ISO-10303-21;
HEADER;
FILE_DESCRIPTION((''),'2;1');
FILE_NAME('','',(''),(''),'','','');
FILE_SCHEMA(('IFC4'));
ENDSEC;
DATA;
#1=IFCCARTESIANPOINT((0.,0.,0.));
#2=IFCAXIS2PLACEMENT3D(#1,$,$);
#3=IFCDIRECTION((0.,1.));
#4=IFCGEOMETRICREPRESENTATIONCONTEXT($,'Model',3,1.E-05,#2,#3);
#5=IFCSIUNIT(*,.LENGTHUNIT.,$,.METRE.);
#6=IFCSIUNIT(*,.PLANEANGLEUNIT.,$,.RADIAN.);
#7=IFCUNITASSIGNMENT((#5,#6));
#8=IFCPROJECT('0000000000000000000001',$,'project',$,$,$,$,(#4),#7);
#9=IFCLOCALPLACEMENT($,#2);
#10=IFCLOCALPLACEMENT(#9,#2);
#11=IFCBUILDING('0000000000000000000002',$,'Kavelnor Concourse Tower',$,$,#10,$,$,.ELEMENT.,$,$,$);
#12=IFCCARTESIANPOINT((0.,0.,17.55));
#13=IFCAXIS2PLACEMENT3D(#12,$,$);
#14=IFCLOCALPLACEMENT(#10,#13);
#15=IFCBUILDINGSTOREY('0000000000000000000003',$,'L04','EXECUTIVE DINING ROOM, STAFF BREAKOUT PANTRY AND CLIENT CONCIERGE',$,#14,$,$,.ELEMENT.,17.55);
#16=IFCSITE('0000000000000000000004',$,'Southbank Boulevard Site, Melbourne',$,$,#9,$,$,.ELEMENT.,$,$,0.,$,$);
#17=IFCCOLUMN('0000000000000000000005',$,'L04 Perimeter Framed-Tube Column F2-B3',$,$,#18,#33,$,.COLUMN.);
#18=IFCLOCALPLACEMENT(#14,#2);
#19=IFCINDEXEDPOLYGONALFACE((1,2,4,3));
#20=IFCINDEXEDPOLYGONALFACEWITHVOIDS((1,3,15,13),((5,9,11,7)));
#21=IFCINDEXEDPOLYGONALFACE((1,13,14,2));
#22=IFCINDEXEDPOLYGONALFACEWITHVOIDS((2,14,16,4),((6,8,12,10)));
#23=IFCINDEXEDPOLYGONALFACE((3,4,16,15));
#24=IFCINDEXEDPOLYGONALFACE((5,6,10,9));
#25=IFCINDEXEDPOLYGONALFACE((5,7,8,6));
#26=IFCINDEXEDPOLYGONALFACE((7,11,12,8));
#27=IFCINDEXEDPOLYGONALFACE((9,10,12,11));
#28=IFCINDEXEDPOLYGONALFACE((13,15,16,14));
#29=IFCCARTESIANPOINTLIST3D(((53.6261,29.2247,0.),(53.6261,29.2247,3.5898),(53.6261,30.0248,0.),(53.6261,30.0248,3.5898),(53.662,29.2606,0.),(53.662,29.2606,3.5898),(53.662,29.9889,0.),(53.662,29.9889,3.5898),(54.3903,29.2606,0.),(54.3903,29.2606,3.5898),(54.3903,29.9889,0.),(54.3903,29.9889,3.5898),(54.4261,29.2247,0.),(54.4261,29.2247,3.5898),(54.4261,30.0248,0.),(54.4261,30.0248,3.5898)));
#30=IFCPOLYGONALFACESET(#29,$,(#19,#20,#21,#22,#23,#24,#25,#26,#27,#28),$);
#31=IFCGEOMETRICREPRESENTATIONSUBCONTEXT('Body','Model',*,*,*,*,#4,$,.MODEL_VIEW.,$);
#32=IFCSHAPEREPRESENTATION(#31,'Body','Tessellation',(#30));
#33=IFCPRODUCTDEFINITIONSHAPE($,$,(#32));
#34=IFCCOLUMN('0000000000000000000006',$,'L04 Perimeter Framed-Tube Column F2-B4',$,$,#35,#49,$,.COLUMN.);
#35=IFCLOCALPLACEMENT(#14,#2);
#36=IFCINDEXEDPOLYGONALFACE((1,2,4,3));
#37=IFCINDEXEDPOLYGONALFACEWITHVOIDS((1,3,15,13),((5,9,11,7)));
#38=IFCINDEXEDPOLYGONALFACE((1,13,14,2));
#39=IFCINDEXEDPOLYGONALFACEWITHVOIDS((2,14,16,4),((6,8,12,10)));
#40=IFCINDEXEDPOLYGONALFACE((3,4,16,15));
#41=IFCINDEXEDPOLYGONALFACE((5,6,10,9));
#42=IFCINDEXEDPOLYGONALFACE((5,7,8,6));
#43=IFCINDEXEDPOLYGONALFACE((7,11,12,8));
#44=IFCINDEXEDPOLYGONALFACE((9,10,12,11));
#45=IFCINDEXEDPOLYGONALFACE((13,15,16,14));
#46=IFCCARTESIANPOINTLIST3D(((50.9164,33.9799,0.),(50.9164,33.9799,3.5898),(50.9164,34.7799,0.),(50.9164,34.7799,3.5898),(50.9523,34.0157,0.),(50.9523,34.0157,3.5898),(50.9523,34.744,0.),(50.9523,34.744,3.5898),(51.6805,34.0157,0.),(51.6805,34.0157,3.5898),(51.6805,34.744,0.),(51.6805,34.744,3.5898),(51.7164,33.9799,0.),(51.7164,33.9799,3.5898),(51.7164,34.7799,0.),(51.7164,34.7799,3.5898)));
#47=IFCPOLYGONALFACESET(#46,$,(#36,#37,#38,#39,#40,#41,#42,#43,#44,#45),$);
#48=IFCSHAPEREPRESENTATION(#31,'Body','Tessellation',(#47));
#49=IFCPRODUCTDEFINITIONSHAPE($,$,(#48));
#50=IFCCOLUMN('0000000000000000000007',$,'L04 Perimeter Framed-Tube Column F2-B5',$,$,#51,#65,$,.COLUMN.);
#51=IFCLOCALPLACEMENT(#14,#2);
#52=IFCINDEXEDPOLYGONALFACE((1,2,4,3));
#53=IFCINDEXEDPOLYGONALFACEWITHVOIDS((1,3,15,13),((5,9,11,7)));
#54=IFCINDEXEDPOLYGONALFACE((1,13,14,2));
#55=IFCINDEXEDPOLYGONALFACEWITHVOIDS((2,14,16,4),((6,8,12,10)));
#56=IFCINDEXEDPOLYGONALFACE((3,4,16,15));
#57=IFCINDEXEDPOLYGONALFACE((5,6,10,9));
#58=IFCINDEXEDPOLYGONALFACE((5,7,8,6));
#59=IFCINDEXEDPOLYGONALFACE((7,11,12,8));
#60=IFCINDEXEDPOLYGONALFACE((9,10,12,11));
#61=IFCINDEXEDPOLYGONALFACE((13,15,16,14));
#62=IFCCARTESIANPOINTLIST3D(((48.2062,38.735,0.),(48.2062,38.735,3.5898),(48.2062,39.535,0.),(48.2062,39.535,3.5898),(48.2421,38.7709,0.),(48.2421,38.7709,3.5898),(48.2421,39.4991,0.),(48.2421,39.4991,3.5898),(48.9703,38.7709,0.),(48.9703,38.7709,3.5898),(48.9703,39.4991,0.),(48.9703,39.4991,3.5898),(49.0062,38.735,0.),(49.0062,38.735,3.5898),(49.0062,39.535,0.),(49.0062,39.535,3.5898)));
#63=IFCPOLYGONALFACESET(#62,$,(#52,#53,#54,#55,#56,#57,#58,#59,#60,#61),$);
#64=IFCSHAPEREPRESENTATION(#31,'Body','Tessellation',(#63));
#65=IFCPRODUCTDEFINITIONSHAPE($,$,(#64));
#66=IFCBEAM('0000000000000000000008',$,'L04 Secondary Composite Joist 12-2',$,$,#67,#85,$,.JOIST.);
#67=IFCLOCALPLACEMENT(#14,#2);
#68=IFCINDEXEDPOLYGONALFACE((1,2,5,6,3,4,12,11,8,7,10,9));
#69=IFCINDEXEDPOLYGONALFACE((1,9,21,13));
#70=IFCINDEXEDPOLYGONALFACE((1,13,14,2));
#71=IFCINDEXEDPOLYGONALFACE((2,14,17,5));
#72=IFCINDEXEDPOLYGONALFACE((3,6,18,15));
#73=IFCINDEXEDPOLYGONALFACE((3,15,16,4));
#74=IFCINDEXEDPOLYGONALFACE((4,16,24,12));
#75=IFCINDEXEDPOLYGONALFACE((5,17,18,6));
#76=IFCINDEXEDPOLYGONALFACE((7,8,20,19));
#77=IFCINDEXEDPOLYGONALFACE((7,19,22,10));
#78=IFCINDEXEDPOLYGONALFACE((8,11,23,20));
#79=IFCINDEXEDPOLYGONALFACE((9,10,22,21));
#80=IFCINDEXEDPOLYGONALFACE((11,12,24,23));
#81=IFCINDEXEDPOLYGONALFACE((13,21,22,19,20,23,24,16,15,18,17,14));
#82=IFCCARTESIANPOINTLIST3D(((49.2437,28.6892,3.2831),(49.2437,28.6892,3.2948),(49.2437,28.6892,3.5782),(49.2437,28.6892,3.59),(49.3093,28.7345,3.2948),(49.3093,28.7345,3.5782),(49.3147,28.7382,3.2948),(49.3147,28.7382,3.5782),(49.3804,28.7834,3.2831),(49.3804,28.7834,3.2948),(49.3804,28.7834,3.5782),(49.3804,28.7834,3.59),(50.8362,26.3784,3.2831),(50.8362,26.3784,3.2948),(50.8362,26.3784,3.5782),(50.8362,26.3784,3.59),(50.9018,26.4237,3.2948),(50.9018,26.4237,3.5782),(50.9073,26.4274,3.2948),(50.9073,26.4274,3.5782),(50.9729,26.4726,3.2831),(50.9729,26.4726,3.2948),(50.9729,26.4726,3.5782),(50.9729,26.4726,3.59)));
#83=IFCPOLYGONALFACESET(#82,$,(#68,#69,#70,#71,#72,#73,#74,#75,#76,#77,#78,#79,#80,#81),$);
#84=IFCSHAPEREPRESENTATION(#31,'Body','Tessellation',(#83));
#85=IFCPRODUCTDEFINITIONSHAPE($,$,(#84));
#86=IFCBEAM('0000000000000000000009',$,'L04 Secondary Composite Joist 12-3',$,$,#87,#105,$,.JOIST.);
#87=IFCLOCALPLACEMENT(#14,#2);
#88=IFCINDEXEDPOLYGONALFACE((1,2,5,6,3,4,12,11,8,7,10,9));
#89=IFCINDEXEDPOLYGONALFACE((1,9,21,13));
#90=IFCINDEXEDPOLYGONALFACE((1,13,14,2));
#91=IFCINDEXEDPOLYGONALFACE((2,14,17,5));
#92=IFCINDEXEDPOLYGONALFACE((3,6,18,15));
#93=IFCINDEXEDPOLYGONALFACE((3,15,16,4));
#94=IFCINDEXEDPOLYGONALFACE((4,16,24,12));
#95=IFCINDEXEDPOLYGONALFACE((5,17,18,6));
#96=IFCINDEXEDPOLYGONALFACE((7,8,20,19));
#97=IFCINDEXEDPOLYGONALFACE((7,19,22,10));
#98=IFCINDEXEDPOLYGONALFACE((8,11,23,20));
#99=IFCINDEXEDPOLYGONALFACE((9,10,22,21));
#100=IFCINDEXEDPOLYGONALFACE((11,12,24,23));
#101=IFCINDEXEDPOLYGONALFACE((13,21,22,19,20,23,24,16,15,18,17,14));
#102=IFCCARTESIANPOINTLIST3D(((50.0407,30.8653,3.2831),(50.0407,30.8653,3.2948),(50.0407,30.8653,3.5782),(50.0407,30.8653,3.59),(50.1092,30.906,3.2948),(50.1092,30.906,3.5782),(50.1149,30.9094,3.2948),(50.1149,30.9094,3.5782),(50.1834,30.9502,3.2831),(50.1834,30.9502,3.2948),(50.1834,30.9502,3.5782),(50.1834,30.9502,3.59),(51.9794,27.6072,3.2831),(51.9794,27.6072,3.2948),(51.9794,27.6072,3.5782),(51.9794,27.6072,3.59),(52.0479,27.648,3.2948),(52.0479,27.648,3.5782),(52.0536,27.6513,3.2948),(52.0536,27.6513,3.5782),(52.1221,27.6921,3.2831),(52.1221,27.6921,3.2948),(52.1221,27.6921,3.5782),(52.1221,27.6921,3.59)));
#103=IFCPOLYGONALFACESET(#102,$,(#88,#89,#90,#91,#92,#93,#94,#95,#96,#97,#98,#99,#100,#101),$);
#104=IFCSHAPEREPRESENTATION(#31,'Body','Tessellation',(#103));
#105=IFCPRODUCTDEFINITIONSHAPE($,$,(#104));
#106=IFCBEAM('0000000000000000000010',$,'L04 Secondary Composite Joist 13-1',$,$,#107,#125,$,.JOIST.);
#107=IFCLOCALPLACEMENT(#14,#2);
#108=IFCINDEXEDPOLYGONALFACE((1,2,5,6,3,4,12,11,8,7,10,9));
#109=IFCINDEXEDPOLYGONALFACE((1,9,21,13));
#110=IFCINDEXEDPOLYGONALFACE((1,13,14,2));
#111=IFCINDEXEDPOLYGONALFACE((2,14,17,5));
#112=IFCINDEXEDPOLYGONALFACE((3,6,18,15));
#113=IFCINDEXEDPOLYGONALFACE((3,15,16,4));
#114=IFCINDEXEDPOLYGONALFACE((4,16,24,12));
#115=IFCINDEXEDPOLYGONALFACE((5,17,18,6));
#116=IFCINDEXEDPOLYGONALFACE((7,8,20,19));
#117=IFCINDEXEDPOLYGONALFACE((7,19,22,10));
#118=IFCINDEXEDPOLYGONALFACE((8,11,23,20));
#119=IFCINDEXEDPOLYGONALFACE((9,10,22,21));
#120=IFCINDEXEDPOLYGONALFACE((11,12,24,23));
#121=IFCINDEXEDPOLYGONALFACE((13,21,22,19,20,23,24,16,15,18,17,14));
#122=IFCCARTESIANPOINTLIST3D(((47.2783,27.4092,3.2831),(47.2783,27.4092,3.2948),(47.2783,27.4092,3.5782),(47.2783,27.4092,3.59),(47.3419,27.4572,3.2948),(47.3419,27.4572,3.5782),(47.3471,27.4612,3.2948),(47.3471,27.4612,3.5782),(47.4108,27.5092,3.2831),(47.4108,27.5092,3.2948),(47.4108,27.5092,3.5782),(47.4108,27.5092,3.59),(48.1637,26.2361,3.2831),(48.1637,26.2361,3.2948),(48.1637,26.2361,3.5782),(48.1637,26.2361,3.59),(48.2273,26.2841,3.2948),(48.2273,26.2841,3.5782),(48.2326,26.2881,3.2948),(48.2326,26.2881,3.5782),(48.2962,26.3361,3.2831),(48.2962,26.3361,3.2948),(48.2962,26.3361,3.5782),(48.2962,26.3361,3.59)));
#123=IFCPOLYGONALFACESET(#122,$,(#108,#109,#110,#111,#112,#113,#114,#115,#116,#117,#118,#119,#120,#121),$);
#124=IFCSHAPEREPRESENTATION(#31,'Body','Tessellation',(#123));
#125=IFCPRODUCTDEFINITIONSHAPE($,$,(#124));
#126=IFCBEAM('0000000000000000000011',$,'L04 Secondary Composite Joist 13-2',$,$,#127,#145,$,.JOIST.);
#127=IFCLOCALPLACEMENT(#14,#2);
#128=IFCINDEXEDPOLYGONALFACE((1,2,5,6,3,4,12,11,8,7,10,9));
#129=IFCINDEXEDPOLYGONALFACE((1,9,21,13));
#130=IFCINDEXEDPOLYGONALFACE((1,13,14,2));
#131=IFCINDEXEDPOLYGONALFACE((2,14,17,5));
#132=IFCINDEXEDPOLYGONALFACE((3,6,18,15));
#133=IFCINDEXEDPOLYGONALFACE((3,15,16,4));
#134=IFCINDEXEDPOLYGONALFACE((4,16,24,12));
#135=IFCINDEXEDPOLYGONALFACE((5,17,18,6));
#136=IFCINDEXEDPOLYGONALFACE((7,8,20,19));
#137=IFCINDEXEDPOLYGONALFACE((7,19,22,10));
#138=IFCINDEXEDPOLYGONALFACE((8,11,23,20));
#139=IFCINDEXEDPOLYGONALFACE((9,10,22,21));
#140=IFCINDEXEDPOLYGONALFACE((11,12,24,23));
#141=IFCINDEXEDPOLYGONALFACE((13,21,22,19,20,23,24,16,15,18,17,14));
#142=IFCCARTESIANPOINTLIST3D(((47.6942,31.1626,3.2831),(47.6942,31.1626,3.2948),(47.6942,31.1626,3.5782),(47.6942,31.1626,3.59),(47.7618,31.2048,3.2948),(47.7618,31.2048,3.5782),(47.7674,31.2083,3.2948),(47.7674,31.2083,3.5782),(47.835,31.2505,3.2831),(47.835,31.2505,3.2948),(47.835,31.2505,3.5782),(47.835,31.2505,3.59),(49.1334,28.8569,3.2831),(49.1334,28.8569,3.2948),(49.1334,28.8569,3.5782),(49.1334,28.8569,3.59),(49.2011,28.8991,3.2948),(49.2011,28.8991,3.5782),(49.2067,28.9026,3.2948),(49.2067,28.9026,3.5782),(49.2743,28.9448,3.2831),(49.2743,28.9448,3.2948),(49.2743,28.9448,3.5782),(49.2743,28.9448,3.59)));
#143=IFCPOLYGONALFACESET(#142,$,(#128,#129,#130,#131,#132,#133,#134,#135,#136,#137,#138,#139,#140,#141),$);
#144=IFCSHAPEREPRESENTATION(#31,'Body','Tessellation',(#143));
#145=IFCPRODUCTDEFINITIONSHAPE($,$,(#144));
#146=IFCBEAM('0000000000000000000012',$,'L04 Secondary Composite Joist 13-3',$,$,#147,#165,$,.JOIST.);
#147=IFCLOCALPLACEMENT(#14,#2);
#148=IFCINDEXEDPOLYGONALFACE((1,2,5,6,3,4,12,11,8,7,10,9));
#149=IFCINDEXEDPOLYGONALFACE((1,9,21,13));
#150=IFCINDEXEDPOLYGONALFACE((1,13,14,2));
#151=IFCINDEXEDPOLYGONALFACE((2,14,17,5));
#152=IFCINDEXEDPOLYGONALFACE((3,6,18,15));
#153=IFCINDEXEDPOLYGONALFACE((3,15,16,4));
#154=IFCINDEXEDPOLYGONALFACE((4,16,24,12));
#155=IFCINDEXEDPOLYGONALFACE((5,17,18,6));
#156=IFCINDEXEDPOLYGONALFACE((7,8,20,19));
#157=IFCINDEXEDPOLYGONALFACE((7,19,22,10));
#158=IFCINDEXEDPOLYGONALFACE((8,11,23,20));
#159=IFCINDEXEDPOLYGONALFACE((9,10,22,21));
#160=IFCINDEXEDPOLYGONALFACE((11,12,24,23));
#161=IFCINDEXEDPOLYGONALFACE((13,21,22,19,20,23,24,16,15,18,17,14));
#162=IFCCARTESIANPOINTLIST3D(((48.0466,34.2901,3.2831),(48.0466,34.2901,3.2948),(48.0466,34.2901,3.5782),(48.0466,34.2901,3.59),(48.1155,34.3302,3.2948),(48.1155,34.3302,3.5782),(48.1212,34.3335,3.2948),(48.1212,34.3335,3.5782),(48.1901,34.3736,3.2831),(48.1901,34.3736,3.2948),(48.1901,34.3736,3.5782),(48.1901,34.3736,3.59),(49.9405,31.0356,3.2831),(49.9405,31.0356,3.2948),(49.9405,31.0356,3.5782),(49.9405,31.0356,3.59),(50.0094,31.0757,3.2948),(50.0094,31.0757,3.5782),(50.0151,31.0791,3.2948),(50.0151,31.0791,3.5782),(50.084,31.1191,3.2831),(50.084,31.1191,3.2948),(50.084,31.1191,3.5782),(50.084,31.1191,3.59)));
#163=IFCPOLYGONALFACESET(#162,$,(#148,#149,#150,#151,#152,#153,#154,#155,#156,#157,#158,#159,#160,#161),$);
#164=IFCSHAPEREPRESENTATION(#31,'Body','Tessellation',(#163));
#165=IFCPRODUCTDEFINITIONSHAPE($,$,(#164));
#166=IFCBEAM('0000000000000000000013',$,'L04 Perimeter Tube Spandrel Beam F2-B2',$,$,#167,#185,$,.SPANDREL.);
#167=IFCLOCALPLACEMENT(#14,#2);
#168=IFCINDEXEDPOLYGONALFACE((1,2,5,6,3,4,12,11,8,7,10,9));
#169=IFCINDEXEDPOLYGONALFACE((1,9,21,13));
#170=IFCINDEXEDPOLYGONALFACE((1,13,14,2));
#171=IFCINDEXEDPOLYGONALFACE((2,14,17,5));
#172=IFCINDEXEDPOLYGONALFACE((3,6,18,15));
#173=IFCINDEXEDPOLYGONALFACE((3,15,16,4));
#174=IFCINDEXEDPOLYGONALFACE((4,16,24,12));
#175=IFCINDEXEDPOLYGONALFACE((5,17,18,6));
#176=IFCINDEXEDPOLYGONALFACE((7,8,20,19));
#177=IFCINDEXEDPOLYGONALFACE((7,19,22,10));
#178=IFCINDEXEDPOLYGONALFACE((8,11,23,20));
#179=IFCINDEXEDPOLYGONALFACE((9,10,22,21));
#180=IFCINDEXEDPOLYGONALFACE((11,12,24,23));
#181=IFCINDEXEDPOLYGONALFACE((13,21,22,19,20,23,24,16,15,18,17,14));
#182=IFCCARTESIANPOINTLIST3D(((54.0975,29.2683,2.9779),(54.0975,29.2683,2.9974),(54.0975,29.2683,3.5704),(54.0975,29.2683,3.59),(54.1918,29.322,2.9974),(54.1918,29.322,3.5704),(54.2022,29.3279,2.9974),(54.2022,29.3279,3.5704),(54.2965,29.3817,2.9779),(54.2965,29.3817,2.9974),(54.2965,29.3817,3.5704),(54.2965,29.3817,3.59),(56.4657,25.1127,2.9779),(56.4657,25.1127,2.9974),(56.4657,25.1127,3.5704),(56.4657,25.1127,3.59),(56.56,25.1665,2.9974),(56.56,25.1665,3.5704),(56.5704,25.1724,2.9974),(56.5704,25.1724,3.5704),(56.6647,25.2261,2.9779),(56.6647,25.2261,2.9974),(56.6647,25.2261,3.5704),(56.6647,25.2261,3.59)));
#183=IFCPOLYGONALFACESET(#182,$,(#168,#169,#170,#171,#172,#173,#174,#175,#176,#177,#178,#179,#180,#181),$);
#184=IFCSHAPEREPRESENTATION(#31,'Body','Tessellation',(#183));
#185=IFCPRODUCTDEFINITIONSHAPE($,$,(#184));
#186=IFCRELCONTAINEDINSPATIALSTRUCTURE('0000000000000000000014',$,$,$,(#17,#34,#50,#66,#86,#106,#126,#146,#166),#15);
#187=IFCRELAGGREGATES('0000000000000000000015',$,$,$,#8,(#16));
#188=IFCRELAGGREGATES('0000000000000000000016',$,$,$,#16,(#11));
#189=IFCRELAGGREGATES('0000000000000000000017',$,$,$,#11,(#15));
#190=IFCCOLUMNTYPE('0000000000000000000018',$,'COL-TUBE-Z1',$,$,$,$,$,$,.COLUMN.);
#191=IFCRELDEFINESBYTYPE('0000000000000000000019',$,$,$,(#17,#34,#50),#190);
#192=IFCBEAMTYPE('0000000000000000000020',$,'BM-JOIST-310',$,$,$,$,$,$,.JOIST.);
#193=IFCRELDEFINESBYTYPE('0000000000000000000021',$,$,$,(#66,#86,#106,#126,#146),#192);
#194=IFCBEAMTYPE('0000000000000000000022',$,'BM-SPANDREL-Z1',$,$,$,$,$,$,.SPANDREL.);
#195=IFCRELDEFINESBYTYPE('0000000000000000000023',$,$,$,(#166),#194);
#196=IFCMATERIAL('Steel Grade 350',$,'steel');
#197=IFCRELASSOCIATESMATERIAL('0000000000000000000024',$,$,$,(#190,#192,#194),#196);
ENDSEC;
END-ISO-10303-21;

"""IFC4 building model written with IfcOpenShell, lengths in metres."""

from ifc_helpers import new_model, si_unit, direction, frame, origin, origin_2d, place, context, subcontext, project, spatial, hollow_rectangle, i_section, extrude, material, material_profile, profile_set, type_object, element, save


model = new_model("IFC4")

# Units and contexts
model_context = context("Model", 3, precision=1e-05, world=origin(), true_north=direction((0.0, 1.0)))
body_context = subcontext(model_context, "Body", "Model", "MODEL_VIEW")
ifc_project = project(units=[si_unit("LENGTHUNIT", "METRE"), si_unit("PLANEANGLEUNIT", "RADIAN")], contexts=[model_context])

# Site, building, storey
site_placement = place(None, origin())
site = spatial("IfcSite", under=ifc_project, at=site_placement, Name="Southbank Boulevard Site, Melbourne", CompositionType="ELEMENT", RefElevation=0.0)
building_placement = place(site_placement, origin())
building = spatial("IfcBuilding", under=site, at=building_placement, Name="Kavelnor Concourse Tower", CompositionType="ELEMENT")
storey_placement = place(building_placement, frame((0.0, 0.0, 17.55)))
storey = spatial("IfcBuildingStorey", under=building, at=storey_placement, Name="L04", Description="EXECUTIVE DINING ROOM, STAFF BREAKOUT PANTRY AND CLIENT CONCIERGE", CompositionType="ELEMENT", Elevation=17.55)

# Columns
ifc_material_1 = material(Name="Steel Grade 350", Category="steel")
ifc_material_profile_1 = material_profile(ifc_material_1, hollow_rectangle(XDim=0.8, YDim=0.8, WallThickness=0.0359, at=origin_2d()), Name="SHS 800x800x36")
ifc_profile_set_1 = profile_set([ifc_material_profile_1], Name="Steel Grade 350")
column_type = type_object("IfcColumnType", Name="COL-TUBE-Z1", PredefinedType="COLUMN", material=ifc_profile_set_1)
for number, where, z_axis, x_axis, name in (
    (1, (54.0261, 29.6248, 0.0), (0.0, 0.0, 1.0), (1.0, 0.0, 0.0), "L04 Perimeter Framed-Tube Column F2-B3"),
    (2, (51.3164, 34.3799, 0.0), (0.0, 0.0, 1.0), (1.0, 0.0, 0.0), "L04 Perimeter Framed-Tube Column F2-B4"),
    (3, (48.6062, 39.135, 0.0), (0.0, 0.0, 1.0), (1.0, 0.0, 0.0), "L04 Perimeter Framed-Tube Column F2-B5"),
):
    element("IfcColumn", number, at=place(storey_placement, frame(where, z_axis=z_axis, x_axis=x_axis)), inside=storey, type_object=column_type, Name=name, PredefinedType="COLUMN", context=body_context, shape_type="SweptSolid", body=[
        extrude(hollow_rectangle(XDim=0.8, YDim=0.8, WallThickness=0.0359, at=origin_2d()), origin(), (0.0, 0.0, 1.0), 3.5898),
    ])

# Beams
ifc_material_profile_2 = material_profile(ifc_material_1, i_section(OverallWidth=0.166, OverallDepth=0.3069, WebThickness=0.0066, FlangeThickness=0.0117, at=origin_2d()), Name="310UB46")
ifc_profile_set_2 = profile_set([ifc_material_profile_2], Name="Steel Grade 350")
beam_type_1 = type_object("IfcBeamType", Name="BM-JOIST-310", PredefinedType="JOIST", material=ifc_profile_set_2)
beam_1_placement = place(storey_placement, frame((50.9045, 26.4255, 3.4365), z_axis=(-0.567463, 0.823399, 0.0), x_axis=(-0.823399, -0.567463, 0.0)))
element("IfcBeam", 4, at=beam_1_placement, inside=storey, type_object=beam_type_1, Name="L04 Secondary Composite Joist 12-2", PredefinedType="JOIST", context=body_context, shape_type="SweptSolid", body=[
    extrude(i_section(OverallWidth=0.166, OverallDepth=0.3069, WebThickness=0.0066, FlangeThickness=0.0117, at=origin_2d()), origin(), (0.0, 0.0, 1.0), 2.8064),
])
beam_2_placement = place(storey_placement, frame((52.0508, 27.6497, 3.4365), z_axis=(-0.511367, 0.859362, 0.0), x_axis=(-0.859362, -0.511367, 0.0)))
element("IfcBeam", 5, at=beam_2_placement, inside=storey, type_object=beam_type_1, Name="L04 Secondary Composite Joist 12-3", PredefinedType="JOIST", context=body_context, shape_type="SweptSolid", body=[
    extrude(i_section(OverallWidth=0.166, OverallDepth=0.3069, WebThickness=0.0066, FlangeThickness=0.0117, at=origin_2d()), origin(), (0.0, 0.0, 1.0), 3.7913),
])
beam_3_placement = place(storey_placement, frame((48.23, 26.2861, 3.4365), z_axis=(-0.602469, 0.798142, 0.0), x_axis=(-0.798142, -0.602469, 0.0)))
element("IfcBeam", 6, at=beam_3_placement, inside=storey, type_object=beam_type_1, Name="L04 Secondary Composite Joist 13-1", PredefinedType="JOIST", context=body_context, shape_type="SweptSolid", body=[
    extrude(i_section(OverallWidth=0.166, OverallDepth=0.3069, WebThickness=0.0066, FlangeThickness=0.0117, at=origin_2d()), origin(), (0.0, 0.0, 1.0), 1.4697),
])
beam_4_placement = place(storey_placement, frame((49.2039, 28.9009, 3.4365), z_axis=(-0.529514, 0.848301, 0.0), x_axis=(-0.848301, -0.529514, 0.0)))
element("IfcBeam", 7, at=beam_4_placement, inside=storey, type_object=beam_type_1, Name="L04 Secondary Composite Joist 13-2", PredefinedType="JOIST", context=body_context, shape_type="SweptSolid", body=[
    extrude(i_section(OverallWidth=0.166, OverallDepth=0.3069, WebThickness=0.0066, FlangeThickness=0.0117, at=origin_2d()), origin(), (0.0, 0.0, 1.0), 2.718),
])
beam_5_placement = place(storey_placement, frame((50.0122, 31.0774, 3.4365), z_axis=(-0.50296, 0.86431, 0.0), x_axis=(-0.86431, -0.50296, 0.0)))
element("IfcBeam", 8, at=beam_5_placement, inside=storey, type_object=beam_type_1, Name="L04 Secondary Composite Joist 13-3", PredefinedType="JOIST", context=body_context, shape_type="SweptSolid", body=[
    extrude(i_section(OverallWidth=0.166, OverallDepth=0.3069, WebThickness=0.0066, FlangeThickness=0.0117, at=origin_2d()), origin(), (0.0, 0.0, 1.0), 3.7654),
])
ifc_material_profile_3 = material_profile(ifc_material_1, i_section(OverallWidth=0.229, OverallDepth=0.6121, WebThickness=0.012, FlangeThickness=0.0195, at=origin_2d()), Name="610UB125")
ifc_profile_set_3 = profile_set([ifc_material_profile_3], Name="Steel Grade 350")
beam_type_2 = type_object("IfcBeamType", Name="BM-SPANDREL-Z1", PredefinedType="SPANDREL", material=ifc_profile_set_3)
beam_6_placement = place(storey_placement, frame((56.5652, 25.1694, 3.2839), z_axis=(-0.495127, 0.868821, 0.0), x_axis=(-0.868821, -0.495127, 0.0)))
element("IfcBeam", 9, at=beam_6_placement, inside=storey, type_object=beam_type_2, Name="L04 Perimeter Tube Spandrel Beam F2-B2", PredefinedType="SPANDREL", context=body_context, shape_type="SweptSolid", body=[
    extrude(i_section(OverallWidth=0.229, OverallDepth=0.6121, WebThickness=0.012, FlangeThickness=0.0195, at=origin_2d()), origin(), (0.0, 0.0, 1.0), 4.783),
])

save(model, "model.ifc")
